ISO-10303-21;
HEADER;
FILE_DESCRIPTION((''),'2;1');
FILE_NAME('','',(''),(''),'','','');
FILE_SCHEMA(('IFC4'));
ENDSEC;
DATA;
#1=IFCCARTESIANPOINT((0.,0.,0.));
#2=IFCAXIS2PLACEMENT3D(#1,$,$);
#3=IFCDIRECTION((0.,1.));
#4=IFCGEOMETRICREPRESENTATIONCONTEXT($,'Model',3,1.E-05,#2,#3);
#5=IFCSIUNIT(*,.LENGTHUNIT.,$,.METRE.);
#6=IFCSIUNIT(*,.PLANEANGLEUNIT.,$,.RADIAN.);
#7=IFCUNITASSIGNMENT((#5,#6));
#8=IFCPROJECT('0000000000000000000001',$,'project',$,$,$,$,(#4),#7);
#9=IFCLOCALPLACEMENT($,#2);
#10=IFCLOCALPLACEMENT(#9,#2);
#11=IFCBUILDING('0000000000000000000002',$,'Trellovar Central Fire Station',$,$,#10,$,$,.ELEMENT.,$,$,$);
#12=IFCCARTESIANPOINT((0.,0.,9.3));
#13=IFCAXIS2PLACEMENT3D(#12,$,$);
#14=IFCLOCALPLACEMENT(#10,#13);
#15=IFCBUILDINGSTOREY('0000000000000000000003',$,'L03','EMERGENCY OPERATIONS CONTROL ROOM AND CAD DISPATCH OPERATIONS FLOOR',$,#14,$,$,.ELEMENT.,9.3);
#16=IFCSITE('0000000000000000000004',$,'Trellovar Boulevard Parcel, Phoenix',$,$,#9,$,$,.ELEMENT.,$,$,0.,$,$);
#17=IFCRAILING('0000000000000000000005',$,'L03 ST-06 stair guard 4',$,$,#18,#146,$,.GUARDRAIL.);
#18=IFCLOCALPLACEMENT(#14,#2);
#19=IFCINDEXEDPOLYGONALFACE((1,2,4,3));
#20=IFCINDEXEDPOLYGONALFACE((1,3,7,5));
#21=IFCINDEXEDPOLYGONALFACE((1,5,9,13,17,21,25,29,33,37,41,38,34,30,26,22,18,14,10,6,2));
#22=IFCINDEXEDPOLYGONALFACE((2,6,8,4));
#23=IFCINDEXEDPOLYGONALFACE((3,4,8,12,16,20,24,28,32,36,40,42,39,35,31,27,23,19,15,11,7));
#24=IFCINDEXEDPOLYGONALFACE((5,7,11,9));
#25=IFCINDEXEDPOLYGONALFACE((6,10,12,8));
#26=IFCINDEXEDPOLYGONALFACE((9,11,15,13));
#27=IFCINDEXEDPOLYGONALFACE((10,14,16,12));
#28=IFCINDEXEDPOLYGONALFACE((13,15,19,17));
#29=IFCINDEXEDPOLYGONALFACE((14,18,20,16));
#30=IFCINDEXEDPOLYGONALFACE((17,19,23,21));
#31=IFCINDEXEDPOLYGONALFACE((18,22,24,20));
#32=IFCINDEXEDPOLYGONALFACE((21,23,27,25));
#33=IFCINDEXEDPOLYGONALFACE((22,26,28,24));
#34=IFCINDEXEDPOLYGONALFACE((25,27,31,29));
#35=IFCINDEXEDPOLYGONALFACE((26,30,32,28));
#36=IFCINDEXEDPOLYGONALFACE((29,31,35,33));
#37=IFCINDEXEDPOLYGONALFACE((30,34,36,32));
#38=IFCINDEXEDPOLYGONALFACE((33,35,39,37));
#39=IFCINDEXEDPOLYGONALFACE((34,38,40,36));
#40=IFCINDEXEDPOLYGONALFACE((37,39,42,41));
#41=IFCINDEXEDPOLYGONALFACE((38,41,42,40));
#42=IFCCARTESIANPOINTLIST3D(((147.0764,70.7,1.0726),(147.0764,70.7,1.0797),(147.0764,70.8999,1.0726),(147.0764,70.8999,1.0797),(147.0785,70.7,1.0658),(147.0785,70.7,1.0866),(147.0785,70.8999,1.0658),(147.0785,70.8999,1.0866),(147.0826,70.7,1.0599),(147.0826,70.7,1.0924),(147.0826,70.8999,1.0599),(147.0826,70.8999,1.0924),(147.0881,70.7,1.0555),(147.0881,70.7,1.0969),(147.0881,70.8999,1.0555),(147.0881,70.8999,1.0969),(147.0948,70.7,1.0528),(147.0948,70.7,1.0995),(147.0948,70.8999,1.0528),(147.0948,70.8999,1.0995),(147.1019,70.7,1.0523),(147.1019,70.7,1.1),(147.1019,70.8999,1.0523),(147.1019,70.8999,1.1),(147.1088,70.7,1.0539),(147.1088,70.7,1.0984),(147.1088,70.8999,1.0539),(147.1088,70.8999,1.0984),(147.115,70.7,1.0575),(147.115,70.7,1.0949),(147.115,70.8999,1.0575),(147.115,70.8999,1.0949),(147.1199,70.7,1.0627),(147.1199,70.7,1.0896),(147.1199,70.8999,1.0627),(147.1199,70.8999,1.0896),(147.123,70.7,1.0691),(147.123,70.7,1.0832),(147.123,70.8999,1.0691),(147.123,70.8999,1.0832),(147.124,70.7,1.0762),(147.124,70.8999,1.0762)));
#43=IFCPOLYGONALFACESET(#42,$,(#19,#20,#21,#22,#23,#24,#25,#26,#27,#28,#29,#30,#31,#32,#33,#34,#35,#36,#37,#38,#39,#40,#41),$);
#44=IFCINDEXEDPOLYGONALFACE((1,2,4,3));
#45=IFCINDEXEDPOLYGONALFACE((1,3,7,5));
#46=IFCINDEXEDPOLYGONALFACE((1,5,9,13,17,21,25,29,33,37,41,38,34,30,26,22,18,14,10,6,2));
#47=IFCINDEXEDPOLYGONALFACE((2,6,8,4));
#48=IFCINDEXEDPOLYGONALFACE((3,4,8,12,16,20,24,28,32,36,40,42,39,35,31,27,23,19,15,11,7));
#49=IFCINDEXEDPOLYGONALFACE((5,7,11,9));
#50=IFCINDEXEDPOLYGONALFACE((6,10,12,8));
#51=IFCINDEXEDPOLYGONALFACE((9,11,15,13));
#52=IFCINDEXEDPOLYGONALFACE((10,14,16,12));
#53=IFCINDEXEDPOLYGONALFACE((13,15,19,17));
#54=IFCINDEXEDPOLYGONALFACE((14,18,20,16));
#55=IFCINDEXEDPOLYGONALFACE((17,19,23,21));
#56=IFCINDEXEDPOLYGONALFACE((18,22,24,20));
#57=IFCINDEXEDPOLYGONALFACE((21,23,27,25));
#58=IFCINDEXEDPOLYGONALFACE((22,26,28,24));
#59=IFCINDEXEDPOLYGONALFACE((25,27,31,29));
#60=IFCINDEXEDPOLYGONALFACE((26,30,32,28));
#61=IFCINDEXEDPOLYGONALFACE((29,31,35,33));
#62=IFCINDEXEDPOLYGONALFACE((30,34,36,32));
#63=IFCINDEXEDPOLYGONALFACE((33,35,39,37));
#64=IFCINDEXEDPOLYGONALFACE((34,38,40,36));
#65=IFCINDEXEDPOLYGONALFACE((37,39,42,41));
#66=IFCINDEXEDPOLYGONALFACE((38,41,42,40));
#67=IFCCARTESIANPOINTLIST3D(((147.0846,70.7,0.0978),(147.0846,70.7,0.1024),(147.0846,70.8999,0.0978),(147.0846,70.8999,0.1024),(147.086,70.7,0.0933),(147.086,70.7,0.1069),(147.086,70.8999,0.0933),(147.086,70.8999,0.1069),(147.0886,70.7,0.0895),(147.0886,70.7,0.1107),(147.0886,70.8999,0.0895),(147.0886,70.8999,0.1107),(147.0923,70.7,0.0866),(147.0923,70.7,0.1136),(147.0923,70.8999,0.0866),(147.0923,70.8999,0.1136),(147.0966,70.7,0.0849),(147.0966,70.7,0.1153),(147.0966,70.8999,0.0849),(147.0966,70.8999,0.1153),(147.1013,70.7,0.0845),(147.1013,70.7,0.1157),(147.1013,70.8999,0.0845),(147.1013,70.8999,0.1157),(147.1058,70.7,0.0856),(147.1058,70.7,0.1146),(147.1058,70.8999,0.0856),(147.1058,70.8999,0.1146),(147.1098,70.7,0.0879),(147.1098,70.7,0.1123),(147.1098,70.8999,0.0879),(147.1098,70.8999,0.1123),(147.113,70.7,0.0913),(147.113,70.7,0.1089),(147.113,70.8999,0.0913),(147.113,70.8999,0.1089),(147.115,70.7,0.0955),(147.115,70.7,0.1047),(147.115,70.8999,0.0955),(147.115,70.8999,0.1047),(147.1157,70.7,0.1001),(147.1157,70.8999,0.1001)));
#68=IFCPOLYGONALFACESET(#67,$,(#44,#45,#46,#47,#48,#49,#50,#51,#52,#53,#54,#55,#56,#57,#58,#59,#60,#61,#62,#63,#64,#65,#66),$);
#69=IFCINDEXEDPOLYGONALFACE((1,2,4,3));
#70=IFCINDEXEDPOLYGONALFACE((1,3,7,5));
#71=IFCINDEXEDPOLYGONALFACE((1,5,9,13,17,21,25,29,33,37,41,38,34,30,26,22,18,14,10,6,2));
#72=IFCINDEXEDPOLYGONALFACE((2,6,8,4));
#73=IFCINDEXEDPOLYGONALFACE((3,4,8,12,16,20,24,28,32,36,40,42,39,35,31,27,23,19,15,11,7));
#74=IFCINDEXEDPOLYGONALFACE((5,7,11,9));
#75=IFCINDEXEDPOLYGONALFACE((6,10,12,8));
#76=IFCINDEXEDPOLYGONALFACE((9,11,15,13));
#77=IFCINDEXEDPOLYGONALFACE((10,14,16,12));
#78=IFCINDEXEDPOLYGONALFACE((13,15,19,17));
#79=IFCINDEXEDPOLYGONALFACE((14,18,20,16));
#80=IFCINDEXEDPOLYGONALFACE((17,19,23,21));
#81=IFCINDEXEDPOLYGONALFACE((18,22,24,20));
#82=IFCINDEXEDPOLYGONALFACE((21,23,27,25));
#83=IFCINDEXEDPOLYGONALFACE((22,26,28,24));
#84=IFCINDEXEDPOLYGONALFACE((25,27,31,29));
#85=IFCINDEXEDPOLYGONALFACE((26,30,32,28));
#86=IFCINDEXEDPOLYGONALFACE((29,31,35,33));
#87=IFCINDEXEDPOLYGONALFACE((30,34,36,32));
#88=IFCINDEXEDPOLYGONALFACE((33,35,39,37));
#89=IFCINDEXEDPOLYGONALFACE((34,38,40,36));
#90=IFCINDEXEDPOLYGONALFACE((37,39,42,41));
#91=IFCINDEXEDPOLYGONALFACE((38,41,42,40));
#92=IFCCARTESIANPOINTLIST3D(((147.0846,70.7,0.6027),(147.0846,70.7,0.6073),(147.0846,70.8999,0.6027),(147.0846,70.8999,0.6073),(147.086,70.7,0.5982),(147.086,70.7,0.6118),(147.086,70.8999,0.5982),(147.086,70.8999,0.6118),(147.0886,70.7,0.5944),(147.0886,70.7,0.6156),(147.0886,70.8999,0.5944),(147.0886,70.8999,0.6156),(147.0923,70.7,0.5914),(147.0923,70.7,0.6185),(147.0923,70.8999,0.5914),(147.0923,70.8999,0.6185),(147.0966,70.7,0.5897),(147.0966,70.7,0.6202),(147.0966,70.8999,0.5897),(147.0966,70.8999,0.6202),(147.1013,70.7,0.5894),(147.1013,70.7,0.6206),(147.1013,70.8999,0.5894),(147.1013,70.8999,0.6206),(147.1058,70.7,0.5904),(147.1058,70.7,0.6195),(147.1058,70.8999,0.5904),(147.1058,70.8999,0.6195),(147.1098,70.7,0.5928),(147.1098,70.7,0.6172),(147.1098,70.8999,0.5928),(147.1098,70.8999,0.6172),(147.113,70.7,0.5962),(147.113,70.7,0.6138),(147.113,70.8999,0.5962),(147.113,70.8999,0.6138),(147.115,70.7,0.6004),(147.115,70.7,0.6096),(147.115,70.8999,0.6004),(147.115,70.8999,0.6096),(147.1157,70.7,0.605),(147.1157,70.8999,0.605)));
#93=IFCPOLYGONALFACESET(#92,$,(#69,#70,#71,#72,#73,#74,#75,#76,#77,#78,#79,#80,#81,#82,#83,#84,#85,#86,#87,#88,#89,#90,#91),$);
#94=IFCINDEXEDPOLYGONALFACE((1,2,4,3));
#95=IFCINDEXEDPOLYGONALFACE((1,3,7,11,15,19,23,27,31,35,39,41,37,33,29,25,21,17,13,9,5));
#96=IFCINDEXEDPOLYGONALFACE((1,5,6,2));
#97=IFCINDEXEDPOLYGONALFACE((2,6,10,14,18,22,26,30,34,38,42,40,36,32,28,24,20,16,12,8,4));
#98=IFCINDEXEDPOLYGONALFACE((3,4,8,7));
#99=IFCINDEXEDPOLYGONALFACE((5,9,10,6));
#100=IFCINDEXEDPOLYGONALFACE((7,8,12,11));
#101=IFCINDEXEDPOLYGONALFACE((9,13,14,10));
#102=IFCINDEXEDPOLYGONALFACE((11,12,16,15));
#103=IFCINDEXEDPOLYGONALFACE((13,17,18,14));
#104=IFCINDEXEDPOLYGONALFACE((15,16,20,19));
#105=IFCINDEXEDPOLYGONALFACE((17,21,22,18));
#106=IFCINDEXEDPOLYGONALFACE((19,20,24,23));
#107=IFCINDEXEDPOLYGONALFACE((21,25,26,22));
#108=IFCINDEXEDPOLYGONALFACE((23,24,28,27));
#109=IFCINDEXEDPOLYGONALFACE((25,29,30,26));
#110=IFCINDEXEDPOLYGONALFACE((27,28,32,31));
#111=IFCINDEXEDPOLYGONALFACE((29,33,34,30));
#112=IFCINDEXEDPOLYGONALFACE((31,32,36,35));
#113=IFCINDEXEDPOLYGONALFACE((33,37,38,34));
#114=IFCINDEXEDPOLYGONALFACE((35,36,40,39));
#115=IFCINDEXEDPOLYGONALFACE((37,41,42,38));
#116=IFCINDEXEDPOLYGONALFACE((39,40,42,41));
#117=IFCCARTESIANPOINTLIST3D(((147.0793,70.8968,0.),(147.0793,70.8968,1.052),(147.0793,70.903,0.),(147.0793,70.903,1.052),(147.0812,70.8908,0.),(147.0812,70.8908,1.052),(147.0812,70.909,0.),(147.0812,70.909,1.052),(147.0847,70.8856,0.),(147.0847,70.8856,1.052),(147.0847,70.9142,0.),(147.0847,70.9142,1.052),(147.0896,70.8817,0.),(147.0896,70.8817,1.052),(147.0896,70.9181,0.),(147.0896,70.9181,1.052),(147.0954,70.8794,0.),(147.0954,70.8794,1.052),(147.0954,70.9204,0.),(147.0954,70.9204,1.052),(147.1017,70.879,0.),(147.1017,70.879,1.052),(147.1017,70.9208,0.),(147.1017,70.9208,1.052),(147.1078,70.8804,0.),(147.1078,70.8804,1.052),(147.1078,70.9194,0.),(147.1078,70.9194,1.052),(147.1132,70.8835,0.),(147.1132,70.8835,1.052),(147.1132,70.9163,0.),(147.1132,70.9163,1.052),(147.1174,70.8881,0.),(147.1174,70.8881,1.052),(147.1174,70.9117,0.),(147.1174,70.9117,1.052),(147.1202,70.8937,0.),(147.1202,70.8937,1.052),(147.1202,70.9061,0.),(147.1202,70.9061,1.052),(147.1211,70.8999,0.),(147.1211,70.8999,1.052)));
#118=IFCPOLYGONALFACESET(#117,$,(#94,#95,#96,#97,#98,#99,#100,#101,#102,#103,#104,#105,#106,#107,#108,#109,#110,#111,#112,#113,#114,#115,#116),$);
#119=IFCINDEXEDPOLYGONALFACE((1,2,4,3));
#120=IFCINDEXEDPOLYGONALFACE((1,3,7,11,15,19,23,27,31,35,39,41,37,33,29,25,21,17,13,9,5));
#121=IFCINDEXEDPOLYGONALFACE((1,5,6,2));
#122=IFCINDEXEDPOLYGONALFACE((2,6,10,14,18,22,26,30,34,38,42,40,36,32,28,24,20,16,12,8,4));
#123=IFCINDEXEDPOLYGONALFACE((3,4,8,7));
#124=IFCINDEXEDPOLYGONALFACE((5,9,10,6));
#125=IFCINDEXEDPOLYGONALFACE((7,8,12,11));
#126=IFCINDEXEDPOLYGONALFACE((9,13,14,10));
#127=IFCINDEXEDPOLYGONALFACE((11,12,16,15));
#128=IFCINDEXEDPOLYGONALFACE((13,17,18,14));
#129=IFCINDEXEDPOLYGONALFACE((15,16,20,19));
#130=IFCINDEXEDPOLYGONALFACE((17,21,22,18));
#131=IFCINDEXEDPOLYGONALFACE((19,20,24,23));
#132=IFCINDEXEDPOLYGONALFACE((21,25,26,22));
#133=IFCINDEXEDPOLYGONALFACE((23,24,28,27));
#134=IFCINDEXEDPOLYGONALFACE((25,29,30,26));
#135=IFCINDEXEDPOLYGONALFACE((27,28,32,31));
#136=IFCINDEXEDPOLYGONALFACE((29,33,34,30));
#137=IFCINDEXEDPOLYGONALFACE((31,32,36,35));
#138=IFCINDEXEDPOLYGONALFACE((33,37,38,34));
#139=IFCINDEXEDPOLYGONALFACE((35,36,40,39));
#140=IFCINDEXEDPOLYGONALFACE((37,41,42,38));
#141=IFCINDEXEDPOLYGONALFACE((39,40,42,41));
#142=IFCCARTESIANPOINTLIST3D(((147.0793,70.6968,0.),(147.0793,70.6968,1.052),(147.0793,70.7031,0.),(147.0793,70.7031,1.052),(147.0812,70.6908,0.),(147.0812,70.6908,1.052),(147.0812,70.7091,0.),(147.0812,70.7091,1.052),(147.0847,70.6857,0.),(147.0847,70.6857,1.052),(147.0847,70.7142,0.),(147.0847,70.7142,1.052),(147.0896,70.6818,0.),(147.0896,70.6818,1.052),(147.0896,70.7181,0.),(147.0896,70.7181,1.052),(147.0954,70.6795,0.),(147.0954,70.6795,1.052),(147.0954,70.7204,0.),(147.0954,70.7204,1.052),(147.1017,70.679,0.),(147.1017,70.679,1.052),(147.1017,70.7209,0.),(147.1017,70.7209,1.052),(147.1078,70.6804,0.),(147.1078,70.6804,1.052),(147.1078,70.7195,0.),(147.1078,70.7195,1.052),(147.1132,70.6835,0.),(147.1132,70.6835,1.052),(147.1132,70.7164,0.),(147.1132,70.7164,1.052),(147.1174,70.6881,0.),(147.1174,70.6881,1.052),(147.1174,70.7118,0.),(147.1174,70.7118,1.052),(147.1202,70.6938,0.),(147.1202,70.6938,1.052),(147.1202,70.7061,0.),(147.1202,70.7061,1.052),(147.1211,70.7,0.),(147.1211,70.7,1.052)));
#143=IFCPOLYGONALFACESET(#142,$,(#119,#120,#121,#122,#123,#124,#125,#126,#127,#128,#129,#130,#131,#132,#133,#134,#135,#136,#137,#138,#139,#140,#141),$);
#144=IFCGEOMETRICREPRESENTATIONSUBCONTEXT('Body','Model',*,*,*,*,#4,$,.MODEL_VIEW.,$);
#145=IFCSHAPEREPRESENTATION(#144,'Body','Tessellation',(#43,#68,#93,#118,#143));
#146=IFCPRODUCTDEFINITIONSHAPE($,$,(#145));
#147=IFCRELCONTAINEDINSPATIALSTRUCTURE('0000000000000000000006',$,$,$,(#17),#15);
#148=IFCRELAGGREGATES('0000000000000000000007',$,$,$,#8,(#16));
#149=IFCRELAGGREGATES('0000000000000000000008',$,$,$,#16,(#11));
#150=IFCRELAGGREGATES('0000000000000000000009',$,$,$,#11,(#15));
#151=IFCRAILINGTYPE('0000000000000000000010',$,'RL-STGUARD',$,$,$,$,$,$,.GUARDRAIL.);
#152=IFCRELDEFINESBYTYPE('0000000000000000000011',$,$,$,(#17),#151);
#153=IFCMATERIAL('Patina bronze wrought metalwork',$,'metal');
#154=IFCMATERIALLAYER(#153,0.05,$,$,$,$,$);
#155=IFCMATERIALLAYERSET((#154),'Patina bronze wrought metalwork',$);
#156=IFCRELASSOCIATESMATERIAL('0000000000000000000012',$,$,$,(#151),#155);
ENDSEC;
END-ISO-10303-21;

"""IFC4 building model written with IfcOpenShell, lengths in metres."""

from ifc_helpers import new_model, si_unit, direction, frame, origin, origin_2d, place, context, subcontext, project, spatial, circle, extrude, material, layer, layer_set, type_object, element, save


model = new_model("IFC4")

# Units and contexts
model_context = context("Model", 3, precision=1e-05, world=origin(), true_north=direction((0.0, 1.0)))
body_context = subcontext(model_context, "Body", "Model", "MODEL_VIEW")
ifc_project = project(units=[si_unit("LENGTHUNIT", "METRE"), si_unit("PLANEANGLEUNIT", "RADIAN")], contexts=[model_context])

# Site, building, storey
site_placement = place(None, origin())
site = spatial("IfcSite", under=ifc_project, at=site_placement, Name="Trellovar Boulevard Parcel, Phoenix", CompositionType="ELEMENT", RefElevation=0.0)
building_placement = place(site_placement, origin())
building = spatial("IfcBuilding", under=site, at=building_placement, Name="Trellovar Central Fire Station", CompositionType="ELEMENT")
storey_placement = place(building_placement, frame((0.0, 0.0, 9.3)))
storey = spatial("IfcBuildingStorey", under=building, at=storey_placement, Name="L03", Description="EMERGENCY OPERATIONS CONTROL ROOM AND CAD DISPATCH OPERATIONS FLOOR", CompositionType="ELEMENT", Elevation=9.3)

# Railing
ifc_material_1 = material(Name="Patina bronze wrought metalwork", Category="metal")
ifc_layer_1 = layer(ifc_material_1, 0.05)
ifc_layer_set_1 = layer_set([ifc_layer_1], Name="Patina bronze wrought metalwork")
railing_type_1 = type_object("IfcRailingType", Name="RL-STGUARD", PredefinedType="GUARDRAIL", material=ifc_layer_set_1)
railing_1_placement = place(storey_placement, frame((147.1001, 70.8999, 0.0)))
element("IfcRailing", 1, at=railing_1_placement, inside=storey, type_object=railing_type_1, Name="L03 ST-06 stair guard 4", PredefinedType="GUARDRAIL", context=body_context, shape_type="SweptSolid", body=[
    extrude(circle(Radius=0.0239, at=origin_2d()), frame((0.0, 0.0, 1.0762), z_axis=(0.0, -1.0, 0.0), x_axis=(1.0, 0.0, 0.0)), (0.0, 0.0, 1.0), 0.2),
    extrude(circle(Radius=0.0156, at=origin_2d()), frame((0.0, 0.0, 0.1001), z_axis=(0.0, -1.0, 0.0), x_axis=(1.0, 0.0, 0.0)), (0.0, 0.0, 1.0), 0.2),
    extrude(circle(Radius=0.0156, at=origin_2d()), frame((0.0, 0.0, 0.605), z_axis=(0.0, -1.0, 0.0), x_axis=(1.0, 0.0, 0.0)), (0.0, 0.0, 1.0), 0.2),
    extrude(circle(Radius=0.021, at=origin_2d()), origin(), (0.0, 0.0, 1.0), 1.052),
    extrude(circle(Radius=0.021, at=origin_2d()), frame((0.0, -0.2, 0.0)), (0.0, 0.0, 1.0), 1.052),
])

save(model, "model.ifc")
